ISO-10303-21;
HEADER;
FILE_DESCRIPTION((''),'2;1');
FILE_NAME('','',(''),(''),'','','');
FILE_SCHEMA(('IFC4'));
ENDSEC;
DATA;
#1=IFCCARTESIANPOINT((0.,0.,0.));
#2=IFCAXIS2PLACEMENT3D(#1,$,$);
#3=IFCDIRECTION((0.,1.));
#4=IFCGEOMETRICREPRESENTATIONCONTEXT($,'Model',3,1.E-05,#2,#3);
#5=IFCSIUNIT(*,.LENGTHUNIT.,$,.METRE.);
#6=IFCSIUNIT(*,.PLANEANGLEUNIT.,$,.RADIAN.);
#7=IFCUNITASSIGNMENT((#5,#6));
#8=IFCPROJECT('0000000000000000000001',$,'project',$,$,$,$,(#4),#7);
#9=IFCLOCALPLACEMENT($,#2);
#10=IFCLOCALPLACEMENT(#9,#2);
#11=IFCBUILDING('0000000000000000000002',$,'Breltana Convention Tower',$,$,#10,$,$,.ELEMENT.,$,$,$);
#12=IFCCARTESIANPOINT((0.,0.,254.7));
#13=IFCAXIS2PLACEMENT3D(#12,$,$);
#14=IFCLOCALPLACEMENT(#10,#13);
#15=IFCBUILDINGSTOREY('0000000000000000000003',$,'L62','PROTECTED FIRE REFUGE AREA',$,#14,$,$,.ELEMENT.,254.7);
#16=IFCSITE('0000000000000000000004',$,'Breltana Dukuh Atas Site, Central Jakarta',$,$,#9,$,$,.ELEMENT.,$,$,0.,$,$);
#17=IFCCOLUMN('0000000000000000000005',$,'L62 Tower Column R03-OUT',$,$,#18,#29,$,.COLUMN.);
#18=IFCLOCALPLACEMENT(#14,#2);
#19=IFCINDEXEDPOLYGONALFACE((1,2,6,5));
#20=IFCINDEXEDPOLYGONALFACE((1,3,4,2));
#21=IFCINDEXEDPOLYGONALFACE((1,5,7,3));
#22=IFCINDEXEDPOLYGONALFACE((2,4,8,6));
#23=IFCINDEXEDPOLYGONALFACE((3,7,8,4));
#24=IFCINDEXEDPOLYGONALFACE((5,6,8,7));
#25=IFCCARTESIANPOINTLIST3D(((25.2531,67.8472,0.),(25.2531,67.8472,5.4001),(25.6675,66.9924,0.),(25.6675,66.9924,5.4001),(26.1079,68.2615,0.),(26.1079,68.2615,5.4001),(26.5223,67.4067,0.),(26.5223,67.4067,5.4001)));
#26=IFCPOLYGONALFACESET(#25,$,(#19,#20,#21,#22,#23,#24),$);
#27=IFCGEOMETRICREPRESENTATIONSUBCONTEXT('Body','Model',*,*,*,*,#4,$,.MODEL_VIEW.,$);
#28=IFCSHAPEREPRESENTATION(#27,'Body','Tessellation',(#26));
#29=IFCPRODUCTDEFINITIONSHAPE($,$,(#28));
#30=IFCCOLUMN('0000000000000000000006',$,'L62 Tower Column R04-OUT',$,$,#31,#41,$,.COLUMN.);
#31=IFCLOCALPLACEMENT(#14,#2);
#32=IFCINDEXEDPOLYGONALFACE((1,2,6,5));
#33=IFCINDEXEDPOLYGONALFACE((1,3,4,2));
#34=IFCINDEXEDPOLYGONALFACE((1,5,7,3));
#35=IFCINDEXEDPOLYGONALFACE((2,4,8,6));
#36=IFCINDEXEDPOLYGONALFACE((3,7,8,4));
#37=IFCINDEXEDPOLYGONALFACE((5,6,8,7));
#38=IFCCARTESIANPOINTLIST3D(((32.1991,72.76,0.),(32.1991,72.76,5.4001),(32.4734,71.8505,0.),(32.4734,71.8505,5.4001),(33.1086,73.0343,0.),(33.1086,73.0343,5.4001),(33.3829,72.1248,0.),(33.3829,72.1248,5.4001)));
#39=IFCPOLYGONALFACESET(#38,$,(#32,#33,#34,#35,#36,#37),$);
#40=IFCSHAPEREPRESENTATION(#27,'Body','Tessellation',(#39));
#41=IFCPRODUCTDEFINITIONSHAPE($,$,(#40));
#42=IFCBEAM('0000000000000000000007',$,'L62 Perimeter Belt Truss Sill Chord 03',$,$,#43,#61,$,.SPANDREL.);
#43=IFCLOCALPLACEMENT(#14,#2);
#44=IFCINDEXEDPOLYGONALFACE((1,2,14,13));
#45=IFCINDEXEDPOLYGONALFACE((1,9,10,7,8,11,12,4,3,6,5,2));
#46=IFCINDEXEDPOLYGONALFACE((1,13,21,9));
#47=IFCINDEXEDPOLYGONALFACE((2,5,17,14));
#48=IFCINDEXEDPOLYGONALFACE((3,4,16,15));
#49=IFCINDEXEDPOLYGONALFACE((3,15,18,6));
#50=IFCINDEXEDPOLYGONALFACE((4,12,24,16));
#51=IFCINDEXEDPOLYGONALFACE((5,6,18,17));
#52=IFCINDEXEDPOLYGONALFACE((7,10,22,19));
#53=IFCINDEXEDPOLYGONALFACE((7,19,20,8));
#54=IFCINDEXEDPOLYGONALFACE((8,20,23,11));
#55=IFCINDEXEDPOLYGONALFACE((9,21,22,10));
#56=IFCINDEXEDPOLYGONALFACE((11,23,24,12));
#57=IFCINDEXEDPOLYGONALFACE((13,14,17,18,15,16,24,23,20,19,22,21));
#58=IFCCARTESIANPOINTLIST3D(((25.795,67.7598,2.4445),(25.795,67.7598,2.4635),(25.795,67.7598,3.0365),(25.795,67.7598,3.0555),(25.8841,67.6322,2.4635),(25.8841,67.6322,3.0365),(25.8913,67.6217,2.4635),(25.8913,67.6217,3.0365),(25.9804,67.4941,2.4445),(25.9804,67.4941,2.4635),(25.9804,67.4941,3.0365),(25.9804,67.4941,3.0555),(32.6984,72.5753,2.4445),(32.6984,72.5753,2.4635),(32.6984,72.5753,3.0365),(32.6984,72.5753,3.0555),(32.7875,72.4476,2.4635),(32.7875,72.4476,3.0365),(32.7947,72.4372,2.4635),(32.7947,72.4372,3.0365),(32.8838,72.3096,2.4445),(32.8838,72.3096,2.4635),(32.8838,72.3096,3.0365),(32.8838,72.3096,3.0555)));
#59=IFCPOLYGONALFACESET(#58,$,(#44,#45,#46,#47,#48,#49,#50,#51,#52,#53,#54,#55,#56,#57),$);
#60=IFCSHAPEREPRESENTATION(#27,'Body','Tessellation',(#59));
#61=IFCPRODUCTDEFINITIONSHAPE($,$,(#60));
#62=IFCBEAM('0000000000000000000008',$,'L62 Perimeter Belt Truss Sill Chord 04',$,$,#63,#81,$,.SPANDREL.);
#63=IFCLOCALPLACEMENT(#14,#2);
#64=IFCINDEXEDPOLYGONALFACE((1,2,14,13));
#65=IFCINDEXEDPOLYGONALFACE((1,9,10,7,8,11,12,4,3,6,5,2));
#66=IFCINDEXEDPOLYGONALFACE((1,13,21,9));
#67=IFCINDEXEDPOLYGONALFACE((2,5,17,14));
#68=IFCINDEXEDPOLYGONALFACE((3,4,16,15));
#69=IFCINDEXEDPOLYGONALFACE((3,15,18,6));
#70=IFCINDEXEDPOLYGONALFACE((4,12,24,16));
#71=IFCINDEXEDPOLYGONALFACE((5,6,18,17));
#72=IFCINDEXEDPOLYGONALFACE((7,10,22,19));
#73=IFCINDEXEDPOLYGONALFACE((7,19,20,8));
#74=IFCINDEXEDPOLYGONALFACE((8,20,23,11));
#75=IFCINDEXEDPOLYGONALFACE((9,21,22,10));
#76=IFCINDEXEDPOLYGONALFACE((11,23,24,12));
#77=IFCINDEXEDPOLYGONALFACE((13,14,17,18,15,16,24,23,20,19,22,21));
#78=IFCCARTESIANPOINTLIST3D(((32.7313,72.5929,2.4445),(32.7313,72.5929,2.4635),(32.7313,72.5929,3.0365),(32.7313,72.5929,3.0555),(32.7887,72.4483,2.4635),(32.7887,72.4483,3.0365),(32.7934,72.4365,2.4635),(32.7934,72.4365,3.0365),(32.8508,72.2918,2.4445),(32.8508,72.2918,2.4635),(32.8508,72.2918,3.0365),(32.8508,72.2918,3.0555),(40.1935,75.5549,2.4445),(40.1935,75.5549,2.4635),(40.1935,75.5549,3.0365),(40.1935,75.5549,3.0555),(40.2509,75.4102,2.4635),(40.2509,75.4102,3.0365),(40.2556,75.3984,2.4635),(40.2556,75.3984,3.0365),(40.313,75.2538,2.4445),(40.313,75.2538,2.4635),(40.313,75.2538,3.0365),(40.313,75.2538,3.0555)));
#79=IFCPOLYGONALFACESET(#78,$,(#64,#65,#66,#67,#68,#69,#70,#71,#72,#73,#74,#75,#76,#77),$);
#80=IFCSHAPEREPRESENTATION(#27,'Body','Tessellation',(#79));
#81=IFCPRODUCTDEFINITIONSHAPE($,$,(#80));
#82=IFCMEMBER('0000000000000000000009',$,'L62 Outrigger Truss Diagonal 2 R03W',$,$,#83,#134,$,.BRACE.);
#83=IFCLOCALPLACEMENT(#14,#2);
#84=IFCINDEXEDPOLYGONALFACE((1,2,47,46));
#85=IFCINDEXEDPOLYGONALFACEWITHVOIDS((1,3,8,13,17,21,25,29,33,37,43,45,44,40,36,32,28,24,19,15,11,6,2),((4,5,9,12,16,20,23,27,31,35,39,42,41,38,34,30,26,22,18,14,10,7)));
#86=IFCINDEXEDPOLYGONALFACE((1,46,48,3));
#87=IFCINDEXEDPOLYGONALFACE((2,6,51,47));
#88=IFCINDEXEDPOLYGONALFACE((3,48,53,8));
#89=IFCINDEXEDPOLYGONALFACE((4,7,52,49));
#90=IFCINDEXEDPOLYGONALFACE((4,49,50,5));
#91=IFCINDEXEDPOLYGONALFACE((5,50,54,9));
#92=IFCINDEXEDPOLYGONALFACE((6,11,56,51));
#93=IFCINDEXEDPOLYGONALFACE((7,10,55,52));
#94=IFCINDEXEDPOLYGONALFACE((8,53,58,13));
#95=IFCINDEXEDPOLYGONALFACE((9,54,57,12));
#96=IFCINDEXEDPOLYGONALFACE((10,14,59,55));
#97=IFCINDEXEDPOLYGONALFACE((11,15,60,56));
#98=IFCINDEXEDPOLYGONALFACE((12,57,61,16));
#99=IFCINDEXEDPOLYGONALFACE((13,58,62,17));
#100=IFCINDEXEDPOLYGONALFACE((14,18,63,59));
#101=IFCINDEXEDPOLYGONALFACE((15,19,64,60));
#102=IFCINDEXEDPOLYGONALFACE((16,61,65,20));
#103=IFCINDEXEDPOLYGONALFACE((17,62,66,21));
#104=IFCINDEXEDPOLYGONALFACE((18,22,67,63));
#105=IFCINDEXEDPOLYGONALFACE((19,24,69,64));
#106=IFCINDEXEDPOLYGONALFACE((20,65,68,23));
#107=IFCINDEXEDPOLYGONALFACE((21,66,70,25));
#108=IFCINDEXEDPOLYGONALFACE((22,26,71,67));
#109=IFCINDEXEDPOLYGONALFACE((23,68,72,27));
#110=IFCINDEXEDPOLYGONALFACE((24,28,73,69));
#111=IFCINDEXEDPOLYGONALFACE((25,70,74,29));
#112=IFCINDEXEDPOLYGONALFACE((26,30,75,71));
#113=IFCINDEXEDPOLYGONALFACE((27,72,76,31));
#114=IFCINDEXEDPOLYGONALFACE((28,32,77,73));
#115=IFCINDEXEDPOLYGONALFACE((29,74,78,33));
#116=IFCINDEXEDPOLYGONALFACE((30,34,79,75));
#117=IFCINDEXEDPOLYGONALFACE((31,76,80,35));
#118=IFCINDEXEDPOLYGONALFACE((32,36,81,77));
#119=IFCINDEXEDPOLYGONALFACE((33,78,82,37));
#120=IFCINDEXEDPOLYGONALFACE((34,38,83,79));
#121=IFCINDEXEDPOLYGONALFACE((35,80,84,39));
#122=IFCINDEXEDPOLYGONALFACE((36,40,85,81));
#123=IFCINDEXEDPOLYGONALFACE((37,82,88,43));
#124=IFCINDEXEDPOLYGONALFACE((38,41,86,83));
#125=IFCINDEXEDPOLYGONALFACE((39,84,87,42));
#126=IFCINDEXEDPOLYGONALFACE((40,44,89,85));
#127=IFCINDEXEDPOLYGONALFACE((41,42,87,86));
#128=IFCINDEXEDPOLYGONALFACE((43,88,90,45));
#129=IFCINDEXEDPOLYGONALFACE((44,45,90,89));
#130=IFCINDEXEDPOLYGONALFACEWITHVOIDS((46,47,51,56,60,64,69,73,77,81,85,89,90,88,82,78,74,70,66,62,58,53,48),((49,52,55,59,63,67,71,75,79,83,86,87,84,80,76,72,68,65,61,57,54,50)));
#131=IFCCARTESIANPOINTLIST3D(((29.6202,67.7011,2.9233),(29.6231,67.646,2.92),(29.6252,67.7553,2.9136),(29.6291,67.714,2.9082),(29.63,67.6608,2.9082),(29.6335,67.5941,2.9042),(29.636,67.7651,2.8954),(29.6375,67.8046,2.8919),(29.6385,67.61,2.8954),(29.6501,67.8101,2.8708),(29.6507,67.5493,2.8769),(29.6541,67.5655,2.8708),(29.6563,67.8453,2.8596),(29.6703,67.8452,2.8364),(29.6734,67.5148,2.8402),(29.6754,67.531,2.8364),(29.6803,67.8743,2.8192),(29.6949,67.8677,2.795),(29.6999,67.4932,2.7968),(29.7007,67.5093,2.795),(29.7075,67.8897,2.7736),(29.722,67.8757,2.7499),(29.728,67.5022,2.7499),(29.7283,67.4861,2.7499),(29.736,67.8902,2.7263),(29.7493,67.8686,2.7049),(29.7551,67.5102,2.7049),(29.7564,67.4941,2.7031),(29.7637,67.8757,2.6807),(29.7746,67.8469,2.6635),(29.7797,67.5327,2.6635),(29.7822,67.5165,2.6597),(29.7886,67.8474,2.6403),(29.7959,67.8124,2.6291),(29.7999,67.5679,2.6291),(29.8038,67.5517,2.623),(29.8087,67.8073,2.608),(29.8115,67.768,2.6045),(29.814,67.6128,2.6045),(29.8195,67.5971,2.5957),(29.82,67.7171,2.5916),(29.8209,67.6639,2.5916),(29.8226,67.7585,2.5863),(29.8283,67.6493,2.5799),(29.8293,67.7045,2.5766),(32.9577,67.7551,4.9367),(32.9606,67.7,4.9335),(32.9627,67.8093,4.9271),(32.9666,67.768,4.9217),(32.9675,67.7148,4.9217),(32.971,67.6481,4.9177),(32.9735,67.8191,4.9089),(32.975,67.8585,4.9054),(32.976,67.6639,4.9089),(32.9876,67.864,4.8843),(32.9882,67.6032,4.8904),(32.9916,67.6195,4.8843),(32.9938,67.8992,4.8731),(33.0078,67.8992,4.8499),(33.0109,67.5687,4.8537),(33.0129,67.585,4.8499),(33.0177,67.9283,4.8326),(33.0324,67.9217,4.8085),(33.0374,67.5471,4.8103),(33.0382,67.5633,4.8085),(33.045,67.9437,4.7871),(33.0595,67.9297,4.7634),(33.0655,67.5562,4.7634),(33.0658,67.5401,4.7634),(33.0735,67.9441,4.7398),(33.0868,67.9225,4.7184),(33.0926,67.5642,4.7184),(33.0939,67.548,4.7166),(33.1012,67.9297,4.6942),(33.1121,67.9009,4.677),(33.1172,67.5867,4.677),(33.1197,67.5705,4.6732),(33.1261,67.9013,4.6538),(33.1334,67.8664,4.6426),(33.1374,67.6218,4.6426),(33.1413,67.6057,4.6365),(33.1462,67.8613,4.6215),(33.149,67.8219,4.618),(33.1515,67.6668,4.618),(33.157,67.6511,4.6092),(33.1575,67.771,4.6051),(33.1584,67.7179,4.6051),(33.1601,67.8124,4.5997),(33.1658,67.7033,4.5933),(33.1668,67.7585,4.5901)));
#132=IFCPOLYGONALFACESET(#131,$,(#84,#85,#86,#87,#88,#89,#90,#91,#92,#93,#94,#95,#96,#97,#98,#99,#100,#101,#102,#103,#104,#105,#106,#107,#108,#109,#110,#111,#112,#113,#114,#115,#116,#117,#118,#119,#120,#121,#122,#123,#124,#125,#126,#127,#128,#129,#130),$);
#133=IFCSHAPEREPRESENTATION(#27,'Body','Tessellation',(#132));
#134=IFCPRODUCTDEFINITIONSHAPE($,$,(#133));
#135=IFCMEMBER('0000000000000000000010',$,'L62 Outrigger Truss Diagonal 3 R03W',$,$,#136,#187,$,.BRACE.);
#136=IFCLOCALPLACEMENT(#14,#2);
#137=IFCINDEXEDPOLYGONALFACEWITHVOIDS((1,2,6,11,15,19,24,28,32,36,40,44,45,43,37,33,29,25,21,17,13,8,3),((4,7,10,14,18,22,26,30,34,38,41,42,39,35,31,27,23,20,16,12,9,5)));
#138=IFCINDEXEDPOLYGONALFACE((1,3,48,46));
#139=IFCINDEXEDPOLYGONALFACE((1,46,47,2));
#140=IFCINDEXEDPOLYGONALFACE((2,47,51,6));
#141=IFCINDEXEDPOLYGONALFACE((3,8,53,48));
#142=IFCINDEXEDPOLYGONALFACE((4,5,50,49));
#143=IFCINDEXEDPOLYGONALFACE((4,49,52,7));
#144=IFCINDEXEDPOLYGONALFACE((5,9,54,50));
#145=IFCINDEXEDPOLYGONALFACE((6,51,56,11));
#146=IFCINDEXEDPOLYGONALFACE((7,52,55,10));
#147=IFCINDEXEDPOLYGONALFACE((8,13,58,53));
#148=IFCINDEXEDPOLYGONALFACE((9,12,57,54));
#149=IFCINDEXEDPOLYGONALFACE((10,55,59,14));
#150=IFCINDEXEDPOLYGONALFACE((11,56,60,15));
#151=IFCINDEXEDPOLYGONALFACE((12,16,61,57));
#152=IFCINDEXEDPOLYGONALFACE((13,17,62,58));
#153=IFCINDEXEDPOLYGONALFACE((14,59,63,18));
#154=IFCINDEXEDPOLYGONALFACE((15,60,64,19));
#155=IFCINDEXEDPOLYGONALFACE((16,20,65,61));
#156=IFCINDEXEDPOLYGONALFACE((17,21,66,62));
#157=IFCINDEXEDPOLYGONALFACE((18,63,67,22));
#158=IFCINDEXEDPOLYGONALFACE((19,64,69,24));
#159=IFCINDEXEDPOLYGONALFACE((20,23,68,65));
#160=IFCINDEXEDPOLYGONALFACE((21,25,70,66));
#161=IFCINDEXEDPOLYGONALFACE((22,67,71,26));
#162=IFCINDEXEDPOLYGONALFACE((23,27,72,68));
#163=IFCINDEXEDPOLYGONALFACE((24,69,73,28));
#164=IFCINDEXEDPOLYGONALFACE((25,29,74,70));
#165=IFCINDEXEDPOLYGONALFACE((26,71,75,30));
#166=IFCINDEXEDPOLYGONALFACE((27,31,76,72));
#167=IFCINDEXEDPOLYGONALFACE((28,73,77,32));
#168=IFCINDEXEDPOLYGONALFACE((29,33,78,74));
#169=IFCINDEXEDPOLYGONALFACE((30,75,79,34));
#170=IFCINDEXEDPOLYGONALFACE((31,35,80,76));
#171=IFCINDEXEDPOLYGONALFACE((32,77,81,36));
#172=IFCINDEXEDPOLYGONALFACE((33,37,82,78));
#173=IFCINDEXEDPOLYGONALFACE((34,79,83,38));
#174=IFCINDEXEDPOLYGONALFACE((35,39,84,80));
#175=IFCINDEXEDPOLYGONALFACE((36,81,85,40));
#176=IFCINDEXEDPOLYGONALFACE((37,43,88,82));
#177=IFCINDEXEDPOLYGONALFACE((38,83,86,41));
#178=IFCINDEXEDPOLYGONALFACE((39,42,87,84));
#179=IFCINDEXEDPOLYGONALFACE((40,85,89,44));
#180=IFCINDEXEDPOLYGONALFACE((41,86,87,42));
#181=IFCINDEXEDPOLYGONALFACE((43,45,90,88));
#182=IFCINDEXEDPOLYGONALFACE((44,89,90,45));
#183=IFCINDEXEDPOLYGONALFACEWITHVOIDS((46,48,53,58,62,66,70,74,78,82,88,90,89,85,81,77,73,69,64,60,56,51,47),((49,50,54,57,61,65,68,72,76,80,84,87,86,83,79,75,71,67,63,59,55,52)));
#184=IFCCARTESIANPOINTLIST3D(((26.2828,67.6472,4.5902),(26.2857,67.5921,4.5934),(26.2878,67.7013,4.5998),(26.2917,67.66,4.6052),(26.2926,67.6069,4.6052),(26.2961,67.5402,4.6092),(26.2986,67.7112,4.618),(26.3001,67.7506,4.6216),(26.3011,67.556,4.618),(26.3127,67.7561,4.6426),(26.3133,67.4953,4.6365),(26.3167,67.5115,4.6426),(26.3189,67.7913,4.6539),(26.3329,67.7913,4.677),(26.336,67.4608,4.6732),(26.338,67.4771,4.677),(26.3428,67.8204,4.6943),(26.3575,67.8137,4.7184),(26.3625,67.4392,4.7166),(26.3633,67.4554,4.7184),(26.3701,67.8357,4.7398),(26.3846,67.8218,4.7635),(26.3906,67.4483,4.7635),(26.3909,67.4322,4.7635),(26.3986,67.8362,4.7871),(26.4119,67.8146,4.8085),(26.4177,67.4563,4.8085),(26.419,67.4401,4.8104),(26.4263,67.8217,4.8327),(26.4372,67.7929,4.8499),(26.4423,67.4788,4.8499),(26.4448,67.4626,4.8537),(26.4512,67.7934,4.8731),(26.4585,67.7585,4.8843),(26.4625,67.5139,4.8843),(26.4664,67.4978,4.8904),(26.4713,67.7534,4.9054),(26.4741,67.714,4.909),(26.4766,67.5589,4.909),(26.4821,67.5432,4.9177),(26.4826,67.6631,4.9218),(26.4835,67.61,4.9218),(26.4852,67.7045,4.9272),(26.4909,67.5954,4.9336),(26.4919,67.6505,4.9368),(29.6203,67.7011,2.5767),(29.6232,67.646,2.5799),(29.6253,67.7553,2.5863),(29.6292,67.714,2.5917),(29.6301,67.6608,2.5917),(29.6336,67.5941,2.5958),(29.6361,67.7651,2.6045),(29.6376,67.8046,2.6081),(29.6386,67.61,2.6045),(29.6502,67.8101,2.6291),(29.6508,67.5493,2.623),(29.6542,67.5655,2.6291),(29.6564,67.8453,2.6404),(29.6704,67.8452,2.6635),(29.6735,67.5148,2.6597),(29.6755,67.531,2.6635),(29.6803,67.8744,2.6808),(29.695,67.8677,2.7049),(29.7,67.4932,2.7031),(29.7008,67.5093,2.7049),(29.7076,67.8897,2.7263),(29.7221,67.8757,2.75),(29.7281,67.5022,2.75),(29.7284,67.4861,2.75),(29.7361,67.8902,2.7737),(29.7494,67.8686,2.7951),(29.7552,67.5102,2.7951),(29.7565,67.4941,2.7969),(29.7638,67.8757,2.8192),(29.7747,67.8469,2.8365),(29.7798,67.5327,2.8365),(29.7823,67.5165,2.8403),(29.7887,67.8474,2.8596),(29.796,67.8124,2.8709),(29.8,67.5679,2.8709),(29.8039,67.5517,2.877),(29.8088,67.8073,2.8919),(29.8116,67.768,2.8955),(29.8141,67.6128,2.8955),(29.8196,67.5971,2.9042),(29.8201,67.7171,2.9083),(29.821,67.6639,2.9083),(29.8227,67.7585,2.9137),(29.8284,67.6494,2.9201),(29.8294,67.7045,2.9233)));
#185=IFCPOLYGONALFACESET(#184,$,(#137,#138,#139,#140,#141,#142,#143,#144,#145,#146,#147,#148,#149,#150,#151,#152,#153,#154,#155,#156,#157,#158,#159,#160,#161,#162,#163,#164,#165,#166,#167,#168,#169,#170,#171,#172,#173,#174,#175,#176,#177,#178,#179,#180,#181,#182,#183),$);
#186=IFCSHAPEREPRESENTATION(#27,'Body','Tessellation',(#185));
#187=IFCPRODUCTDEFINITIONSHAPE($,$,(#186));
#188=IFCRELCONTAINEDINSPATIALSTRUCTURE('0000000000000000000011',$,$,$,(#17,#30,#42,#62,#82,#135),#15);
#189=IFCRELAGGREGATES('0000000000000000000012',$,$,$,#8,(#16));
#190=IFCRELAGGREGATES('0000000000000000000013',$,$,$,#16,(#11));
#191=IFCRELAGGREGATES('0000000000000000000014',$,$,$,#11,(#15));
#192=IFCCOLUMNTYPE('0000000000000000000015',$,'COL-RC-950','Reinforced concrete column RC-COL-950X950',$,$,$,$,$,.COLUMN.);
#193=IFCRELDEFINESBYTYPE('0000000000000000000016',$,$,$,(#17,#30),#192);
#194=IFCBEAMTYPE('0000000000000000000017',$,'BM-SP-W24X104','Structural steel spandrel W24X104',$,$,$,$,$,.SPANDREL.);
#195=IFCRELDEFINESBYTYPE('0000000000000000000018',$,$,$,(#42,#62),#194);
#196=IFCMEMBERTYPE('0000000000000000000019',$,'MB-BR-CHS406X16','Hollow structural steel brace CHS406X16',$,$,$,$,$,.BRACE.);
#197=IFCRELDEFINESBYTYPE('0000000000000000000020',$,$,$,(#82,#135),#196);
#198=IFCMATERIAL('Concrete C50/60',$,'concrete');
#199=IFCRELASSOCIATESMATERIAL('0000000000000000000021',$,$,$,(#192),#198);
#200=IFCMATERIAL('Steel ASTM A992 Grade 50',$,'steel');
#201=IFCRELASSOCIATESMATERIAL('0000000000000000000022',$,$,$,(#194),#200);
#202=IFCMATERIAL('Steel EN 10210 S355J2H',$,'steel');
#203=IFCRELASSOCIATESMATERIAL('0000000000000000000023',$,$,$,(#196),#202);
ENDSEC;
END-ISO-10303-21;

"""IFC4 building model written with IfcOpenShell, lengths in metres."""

from ifc_helpers import new_model, si_unit, direction, frame, origin, origin_2d, place, context, subcontext, project, spatial, rectangle, hollow_circle, i_section, extrude, source, transform, mapped, material, material_profile, profile_set, type_object, element, save


model = new_model("IFC4")

# Units and contexts
model_context = context("Model", 3, precision=1e-05, world=origin(), true_north=direction((0.0, 1.0)))
body_context = subcontext(model_context, "Body", "Model", "MODEL_VIEW")
ifc_project = project(units=[si_unit("LENGTHUNIT", "METRE"), si_unit("PLANEANGLEUNIT", "RADIAN")], contexts=[model_context])

# Site, building, storey
site_placement = place(None, origin())
site = spatial("IfcSite", under=ifc_project, at=site_placement, Name="Breltana Dukuh Atas Site, Central Jakarta", CompositionType="ELEMENT", RefElevation=0.0)
building_placement = place(site_placement, origin())
building = spatial("IfcBuilding", under=site, at=building_placement, Name="Breltana Convention Tower", CompositionType="ELEMENT")
storey_placement = place(building_placement, frame((0.0, 0.0, 254.7)))
storey = spatial("IfcBuildingStorey", under=building, at=storey_placement, Name="L62", Description="PROTECTED FIRE REFUGE AREA", CompositionType="ELEMENT", Elevation=254.7)

# Columns
ifc_material_1 = material(Name="Concrete C50/60", Category="concrete")
ifc_material_profile_1 = material_profile(ifc_material_1, rectangle(XDim=0.95, YDim=0.95, at=origin_2d()), Name="RC-COL-950X950")
ifc_profile_set_1 = profile_set([ifc_material_profile_1], Name="Concrete C50/60")
column_type = type_object("IfcColumnType", Name="COL-RC-950", Description="Reinforced concrete column RC-COL-950X950", PredefinedType="COLUMN", material=ifc_profile_set_1)
shared_shape_1 = source(origin(), body_context, "Body", "SweptSolid", [
    extrude(rectangle(XDim=0.95, YDim=0.95, at=origin_2d()), origin(), (0.0, 0.0, 1.0), 5.4001),
])
for number, where, z_axis, x_axis, name in (
    (1, (25.8877, 67.627, 0.0), (0.0, 0.0, 1.0), (-0.436174, 0.899863, 0.0), "L62 Tower Column R03-OUT"),
    (2, (32.791, 72.4424, 0.0), (0.0, 0.0, 1.0), (-0.288698, 0.95742, 0.0), "L62 Tower Column R04-OUT"),
):
    element("IfcColumn", number, at=place(storey_placement, frame(where, z_axis=z_axis, x_axis=x_axis)), inside=storey, type_object=column_type, Name=name, PredefinedType="COLUMN", context=body_context, shape_type="MappedRepresentation", body=[
        mapped(shared_shape_1, transform((0.0, 0.0, 0.0), scale=1.0)),
    ])

# Beams
ifc_material_2 = material(Name="Steel ASTM A992 Grade 50", Category="steel")
ifc_material_profile_2 = material_profile(ifc_material_2, i_section(OverallWidth=0.324, OverallDepth=0.6111, WebThickness=0.0127, FlangeThickness=0.019, at=origin_2d()), Name="W24X104")
ifc_profile_set_2 = profile_set([ifc_material_profile_2], Name="Steel ASTM A992 Grade 50")
beam_type_1 = type_object("IfcBeamType", Name="BM-SP-W24X104", Description="Structural steel spandrel W24X104", PredefinedType="SPANDREL", material=ifc_profile_set_2)
shared_shape_2 = source(origin(), body_context, "Body", "SweptSolid", [
    extrude(i_section(OverallWidth=0.324, OverallDepth=0.6111, WebThickness=0.0127, FlangeThickness=0.019, at=origin_2d()), origin(), (0.0, 0.0, 1.0), 8.417),
])
beam_1_placement = place(storey_placement, frame((25.8877, 67.627, 2.75), z_axis=(0.820174, 0.572114, 0.0), x_axis=(-0.572114, 0.820174, 0.0)))
element("IfcBeam", 3, at=beam_1_placement, inside=storey, type_object=beam_type_1, Name="L62 Perimeter Belt Truss Sill Chord 03", PredefinedType="SPANDREL", context=body_context, shape_type="MappedRepresentation", body=[
    mapped(shared_shape_2, transform((0.0, 0.0, 0.0), scale=1.0)),
])
shared_shape_3 = source(origin(), body_context, "Body", "SweptSolid", [
    extrude(i_section(OverallWidth=0.324, OverallDepth=0.6111, WebThickness=0.0127, FlangeThickness=0.019, at=origin_2d()), origin(), (0.0, 0.0, 1.0), 8.0286),
])
beam_2_placement = place(storey_placement, frame((32.791, 72.4424, 2.75), z_axis=(0.929459, 0.368925, 0.0), x_axis=(-0.368925, 0.929459, 0.0)))
element("IfcBeam", 4, at=beam_2_placement, inside=storey, type_object=beam_type_1, Name="L62 Perimeter Belt Truss Sill Chord 04", PredefinedType="SPANDREL", context=body_context, shape_type="MappedRepresentation", body=[
    mapped(shared_shape_3, transform((0.0, 0.0, 0.0), scale=1.0)),
])

# Members
ifc_material_3 = material(Name="Steel EN 10210 S355J2H", Category="steel")
ifc_material_profile_3 = material_profile(ifc_material_3, hollow_circle(Radius=0.2029, WallThickness=0.0161, at=origin_2d()), Name="CHS406X16")
ifc_profile_set_3 = profile_set([ifc_material_profile_3], Name="Steel EN 10210 S355J2H")
member_type_1 = type_object("IfcMemberType", Name="MB-BR-CHS406X16", Description="Hollow structural steel brace CHS406X16", PredefinedType="BRACE", material=ifc_profile_set_3)
shared_shape_4 = source(origin(), body_context, "Body", "SweptSolid", [
    extrude(hollow_circle(Radius=0.2029, WallThickness=0.0161, at=origin_2d()), origin(), (0.0, 0.0, 1.0), 3.8982),
])
for number, where, z_axis, x_axis, name in (
    (5, (33.0625, 67.7429, 4.7634), (-0.856165, -0.013841, -0.516517), (0.016165, -0.999869, 0.0), "L62 Outrigger Truss Diagonal 2 R03W"),
    (6, (29.7251, 67.689, 2.75), (-0.856165, -0.013841, 0.516517), (0.016165, -0.999869, 0.0), "L62 Outrigger Truss Diagonal 3 R03W"),
):
    element("IfcMember", number, at=place(storey_placement, frame(where, z_axis=z_axis, x_axis=x_axis)), inside=storey, type_object=member_type_1, Name=name, PredefinedType="BRACE", context=body_context, shape_type="MappedRepresentation", body=[
        mapped(shared_shape_4, transform((0.0, 0.0, 0.0), scale=1.0)),
    ])

save(model, "model.ifc")
